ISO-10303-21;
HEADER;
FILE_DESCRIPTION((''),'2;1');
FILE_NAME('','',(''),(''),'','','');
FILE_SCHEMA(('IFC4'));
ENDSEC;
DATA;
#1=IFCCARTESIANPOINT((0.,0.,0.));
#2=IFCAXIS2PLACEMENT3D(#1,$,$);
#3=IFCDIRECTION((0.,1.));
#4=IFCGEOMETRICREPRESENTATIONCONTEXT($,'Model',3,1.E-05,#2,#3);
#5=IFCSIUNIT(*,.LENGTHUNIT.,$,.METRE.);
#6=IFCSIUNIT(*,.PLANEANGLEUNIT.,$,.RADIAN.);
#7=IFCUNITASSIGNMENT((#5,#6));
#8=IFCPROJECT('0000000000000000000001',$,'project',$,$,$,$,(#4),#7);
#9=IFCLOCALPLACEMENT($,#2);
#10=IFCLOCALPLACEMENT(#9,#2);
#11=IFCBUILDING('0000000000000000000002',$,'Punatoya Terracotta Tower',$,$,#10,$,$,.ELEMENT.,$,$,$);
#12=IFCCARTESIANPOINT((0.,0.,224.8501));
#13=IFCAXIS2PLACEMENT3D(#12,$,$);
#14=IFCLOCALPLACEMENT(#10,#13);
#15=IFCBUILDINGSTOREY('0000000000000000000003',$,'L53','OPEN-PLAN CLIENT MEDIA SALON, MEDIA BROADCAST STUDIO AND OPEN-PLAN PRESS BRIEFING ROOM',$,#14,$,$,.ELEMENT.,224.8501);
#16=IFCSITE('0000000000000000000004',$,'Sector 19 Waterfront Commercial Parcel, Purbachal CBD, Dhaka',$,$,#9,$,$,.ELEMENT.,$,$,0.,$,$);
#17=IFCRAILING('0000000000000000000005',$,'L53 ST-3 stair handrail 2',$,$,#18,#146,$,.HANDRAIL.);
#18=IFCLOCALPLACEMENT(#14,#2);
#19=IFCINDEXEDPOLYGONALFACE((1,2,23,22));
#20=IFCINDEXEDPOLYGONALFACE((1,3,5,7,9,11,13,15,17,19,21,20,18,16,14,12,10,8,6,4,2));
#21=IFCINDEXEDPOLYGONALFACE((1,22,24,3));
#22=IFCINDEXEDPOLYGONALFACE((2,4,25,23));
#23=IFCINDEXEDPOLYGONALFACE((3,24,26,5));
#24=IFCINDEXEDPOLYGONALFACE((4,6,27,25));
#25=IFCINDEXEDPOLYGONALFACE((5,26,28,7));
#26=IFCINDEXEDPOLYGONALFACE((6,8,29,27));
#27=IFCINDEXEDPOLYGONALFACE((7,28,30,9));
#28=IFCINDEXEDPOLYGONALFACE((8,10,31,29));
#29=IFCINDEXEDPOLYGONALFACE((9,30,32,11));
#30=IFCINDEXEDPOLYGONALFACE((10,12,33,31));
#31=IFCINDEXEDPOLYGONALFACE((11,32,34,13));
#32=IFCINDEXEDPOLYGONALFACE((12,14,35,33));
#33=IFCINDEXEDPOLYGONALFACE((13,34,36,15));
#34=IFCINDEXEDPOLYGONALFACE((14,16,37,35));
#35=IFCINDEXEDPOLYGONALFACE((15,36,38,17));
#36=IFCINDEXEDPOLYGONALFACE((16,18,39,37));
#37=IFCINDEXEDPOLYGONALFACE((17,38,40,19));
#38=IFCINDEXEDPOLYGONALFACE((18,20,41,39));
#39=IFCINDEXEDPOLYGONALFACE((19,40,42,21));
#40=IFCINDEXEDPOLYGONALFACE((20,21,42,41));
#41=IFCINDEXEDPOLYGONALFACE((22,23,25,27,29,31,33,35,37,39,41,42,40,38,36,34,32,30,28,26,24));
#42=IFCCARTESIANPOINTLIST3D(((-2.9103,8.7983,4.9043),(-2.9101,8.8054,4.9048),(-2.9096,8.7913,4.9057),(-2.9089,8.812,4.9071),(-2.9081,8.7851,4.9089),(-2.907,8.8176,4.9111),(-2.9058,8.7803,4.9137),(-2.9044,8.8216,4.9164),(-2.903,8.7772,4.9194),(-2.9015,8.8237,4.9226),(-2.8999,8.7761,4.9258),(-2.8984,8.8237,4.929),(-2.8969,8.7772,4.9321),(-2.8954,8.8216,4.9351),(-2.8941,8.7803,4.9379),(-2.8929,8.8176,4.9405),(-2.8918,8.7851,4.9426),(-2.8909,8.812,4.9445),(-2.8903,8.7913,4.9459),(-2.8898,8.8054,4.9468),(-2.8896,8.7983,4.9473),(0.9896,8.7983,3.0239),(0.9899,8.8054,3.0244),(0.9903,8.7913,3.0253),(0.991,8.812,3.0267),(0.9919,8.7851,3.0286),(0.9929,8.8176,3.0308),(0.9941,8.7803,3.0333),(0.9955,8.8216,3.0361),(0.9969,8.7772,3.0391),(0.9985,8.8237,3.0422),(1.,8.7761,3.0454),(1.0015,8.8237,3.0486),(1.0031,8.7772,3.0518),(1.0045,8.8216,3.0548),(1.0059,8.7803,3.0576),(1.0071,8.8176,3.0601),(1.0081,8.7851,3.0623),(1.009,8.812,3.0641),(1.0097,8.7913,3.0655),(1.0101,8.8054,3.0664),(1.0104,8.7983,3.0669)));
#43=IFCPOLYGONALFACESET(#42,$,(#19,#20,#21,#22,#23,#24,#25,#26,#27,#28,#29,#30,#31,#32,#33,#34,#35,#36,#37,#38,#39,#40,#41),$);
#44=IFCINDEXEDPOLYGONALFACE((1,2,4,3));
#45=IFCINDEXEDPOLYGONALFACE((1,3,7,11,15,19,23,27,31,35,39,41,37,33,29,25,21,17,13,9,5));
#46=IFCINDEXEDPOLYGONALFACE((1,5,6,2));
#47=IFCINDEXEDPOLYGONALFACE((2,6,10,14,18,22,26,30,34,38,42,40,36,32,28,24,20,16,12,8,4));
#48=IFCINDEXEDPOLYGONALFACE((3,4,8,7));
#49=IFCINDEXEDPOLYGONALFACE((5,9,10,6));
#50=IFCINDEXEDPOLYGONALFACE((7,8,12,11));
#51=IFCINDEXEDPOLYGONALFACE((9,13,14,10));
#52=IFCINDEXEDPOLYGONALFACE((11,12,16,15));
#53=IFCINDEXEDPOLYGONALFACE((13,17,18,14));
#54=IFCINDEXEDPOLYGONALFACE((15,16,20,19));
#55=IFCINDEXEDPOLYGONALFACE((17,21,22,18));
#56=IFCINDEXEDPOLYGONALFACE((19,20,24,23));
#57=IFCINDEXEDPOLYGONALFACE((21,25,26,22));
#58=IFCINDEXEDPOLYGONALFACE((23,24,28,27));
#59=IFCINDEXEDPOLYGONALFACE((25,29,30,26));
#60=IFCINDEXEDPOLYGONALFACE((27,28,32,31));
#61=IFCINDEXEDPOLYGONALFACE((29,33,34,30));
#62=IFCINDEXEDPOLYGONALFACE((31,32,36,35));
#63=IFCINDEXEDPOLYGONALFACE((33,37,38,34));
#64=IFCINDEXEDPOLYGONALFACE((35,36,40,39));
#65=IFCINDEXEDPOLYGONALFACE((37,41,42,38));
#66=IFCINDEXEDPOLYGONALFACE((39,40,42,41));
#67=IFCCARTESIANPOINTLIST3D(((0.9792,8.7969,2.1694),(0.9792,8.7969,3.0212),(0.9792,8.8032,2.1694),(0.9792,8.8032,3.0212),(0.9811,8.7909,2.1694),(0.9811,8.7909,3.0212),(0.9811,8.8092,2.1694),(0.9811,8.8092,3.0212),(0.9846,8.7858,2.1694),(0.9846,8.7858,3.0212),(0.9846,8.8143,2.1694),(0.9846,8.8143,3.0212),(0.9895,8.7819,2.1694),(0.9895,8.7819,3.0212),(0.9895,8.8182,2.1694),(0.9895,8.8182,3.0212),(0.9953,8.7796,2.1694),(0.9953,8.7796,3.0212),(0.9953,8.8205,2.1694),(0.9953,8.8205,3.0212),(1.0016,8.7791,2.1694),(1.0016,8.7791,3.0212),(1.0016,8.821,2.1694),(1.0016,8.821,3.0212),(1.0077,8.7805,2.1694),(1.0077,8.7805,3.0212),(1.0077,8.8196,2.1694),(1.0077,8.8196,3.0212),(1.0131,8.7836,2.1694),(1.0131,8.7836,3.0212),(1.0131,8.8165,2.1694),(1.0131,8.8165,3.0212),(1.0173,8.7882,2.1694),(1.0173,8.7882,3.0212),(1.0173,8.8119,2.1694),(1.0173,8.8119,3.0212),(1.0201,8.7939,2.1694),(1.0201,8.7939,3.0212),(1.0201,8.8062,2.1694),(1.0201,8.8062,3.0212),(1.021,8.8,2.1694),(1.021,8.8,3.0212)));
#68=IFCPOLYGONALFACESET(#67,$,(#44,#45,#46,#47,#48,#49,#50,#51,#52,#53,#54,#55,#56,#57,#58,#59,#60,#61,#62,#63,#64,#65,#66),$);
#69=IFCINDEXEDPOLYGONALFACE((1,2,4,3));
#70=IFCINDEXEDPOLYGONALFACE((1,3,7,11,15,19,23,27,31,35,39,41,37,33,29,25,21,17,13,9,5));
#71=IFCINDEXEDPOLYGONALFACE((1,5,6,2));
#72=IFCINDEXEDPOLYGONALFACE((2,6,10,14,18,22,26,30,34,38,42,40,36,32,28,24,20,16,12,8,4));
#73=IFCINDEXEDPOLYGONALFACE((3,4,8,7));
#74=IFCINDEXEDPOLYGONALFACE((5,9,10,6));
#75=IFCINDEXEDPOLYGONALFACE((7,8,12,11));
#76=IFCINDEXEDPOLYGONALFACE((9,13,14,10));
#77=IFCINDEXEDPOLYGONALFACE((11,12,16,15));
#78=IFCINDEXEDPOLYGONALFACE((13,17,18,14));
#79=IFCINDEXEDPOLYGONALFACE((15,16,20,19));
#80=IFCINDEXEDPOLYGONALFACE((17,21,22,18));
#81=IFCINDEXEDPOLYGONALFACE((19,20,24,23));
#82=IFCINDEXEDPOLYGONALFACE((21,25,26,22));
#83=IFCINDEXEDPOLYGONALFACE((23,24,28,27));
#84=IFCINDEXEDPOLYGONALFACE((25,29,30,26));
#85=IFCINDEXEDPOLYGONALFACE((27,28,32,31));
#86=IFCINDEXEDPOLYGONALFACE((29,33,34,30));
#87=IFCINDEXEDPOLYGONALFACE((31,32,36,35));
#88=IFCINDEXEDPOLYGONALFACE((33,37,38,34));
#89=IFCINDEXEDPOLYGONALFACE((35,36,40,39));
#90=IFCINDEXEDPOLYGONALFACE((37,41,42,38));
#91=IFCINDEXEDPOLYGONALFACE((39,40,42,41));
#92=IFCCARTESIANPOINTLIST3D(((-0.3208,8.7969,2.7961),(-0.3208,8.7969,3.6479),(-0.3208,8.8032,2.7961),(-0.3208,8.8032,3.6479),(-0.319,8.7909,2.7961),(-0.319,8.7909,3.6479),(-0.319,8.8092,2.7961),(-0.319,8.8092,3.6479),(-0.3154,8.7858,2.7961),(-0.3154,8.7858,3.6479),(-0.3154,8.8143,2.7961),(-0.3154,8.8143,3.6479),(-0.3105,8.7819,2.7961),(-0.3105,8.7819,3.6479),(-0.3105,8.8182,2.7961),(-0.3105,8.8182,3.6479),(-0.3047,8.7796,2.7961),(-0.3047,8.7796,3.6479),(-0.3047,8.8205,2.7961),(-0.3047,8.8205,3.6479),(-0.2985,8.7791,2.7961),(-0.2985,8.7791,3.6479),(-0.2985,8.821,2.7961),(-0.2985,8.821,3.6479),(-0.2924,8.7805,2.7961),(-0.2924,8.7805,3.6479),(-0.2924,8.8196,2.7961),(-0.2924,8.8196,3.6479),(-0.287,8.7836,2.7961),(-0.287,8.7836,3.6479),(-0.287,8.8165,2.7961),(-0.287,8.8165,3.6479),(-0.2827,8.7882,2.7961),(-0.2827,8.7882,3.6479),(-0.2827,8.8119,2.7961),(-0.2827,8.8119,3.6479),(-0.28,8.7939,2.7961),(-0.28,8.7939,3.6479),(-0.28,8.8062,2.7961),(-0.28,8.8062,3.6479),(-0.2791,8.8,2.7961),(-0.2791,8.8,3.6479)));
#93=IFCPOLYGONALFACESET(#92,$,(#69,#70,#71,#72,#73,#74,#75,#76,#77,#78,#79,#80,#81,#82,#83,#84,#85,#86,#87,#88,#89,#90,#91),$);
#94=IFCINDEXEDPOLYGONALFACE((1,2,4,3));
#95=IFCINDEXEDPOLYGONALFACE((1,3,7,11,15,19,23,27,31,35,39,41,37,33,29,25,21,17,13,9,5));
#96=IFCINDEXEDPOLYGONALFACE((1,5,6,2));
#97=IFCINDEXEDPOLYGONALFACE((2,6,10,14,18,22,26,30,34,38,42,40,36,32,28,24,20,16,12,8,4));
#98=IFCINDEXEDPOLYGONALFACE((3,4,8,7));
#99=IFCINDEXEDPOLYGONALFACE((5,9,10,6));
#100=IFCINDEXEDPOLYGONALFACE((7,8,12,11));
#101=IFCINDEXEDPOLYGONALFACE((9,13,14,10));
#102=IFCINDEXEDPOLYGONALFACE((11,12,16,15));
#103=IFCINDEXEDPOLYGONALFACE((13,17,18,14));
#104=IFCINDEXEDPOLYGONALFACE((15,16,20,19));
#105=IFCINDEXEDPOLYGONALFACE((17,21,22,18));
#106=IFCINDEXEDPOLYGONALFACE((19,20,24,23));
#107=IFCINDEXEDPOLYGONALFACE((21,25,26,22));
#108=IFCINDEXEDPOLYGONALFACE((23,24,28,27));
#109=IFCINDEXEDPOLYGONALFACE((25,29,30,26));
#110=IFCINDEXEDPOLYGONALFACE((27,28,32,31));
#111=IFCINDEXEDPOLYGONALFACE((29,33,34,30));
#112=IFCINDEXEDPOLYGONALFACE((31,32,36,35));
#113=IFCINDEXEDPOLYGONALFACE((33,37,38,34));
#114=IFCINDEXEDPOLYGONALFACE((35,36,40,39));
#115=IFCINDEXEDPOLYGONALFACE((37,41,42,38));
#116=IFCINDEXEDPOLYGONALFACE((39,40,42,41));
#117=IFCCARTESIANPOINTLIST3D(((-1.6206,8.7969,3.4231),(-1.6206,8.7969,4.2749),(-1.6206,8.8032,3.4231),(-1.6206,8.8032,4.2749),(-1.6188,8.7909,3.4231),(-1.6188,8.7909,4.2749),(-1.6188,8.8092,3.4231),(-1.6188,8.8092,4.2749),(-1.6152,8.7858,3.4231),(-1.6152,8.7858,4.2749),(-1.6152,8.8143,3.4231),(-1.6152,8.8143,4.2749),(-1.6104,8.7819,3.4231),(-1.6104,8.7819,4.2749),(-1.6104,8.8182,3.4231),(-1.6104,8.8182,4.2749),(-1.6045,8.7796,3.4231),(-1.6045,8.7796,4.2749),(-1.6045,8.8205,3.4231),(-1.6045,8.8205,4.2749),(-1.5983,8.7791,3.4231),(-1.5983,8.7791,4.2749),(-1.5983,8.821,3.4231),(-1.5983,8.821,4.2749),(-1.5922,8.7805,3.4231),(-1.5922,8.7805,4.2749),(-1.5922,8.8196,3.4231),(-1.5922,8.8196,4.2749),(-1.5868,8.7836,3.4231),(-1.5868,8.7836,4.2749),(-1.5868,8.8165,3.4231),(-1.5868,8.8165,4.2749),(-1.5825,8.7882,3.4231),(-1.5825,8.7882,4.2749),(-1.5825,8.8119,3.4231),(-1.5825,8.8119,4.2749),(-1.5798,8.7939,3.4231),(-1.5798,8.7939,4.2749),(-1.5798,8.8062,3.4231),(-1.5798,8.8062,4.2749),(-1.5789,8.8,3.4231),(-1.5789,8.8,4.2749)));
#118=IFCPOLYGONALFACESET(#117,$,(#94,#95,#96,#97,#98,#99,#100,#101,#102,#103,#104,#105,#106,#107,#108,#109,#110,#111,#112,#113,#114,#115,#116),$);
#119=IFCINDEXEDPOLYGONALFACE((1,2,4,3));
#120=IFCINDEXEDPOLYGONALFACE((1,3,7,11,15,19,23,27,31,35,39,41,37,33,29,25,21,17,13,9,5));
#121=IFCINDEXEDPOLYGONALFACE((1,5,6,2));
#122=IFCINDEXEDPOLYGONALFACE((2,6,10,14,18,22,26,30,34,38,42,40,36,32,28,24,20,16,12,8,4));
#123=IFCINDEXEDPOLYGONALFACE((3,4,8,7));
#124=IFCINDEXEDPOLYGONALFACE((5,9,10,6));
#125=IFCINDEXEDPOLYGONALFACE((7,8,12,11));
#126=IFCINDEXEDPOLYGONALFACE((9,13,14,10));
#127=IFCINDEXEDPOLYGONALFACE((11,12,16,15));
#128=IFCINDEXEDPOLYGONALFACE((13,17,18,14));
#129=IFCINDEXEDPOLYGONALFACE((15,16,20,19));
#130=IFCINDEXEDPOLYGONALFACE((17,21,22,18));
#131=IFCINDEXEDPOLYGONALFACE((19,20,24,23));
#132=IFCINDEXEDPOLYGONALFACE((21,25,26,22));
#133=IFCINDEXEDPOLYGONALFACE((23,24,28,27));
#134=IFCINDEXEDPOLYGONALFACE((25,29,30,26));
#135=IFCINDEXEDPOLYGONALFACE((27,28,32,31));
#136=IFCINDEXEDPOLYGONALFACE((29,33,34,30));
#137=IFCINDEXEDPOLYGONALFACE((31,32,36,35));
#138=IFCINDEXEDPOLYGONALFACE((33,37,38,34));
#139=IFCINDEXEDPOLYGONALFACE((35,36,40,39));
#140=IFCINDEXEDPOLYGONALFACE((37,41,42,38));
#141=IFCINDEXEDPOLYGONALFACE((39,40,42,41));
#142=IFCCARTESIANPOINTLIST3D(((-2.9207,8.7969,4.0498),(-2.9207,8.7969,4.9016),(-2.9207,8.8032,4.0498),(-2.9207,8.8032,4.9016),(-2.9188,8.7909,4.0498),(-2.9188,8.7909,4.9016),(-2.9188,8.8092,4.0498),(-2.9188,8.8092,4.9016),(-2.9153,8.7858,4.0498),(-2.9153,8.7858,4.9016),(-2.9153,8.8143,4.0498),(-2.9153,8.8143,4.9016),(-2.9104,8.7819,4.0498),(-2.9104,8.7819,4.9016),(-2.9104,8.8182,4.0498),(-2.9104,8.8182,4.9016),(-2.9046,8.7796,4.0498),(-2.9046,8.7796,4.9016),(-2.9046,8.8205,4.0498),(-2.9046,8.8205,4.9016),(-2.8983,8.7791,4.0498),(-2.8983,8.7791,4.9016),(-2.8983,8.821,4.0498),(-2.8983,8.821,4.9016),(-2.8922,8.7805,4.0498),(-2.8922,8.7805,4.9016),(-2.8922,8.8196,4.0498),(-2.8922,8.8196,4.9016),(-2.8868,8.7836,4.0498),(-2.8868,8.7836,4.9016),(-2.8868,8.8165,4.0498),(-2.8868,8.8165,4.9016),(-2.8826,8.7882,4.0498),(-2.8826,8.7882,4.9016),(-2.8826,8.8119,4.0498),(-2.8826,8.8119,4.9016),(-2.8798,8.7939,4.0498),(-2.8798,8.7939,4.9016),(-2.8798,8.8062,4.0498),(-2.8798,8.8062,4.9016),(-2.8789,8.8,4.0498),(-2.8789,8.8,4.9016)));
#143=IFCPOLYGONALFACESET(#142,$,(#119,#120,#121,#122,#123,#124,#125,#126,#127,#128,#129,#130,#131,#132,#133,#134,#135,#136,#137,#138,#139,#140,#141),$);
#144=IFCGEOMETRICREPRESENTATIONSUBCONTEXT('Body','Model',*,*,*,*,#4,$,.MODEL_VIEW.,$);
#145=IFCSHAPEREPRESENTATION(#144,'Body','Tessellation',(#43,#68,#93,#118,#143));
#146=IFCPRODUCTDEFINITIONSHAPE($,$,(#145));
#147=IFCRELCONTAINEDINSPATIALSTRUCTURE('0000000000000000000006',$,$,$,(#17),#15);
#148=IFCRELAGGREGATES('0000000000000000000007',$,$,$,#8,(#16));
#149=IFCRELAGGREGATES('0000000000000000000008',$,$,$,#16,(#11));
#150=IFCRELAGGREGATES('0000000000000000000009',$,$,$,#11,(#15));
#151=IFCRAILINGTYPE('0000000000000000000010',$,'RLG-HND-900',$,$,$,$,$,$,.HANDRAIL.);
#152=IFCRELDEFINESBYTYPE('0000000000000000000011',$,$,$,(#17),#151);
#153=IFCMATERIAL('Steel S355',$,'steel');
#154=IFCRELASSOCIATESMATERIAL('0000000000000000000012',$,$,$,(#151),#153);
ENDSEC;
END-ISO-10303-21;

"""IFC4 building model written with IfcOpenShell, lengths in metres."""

from ifc_helpers import new_model, si_unit, direction, frame, origin, origin_2d, place, context, subcontext, project, spatial, circle, extrude, material, type_object, element, save


model = new_model("IFC4")

# Units and contexts
model_context = context("Model", 3, precision=1e-05, world=origin(), true_north=direction((0.0, 1.0)))
body_context = subcontext(model_context, "Body", "Model", "MODEL_VIEW")
ifc_project = project(units=[si_unit("LENGTHUNIT", "METRE"), si_unit("PLANEANGLEUNIT", "RADIAN")], contexts=[model_context])

# Site, building, storey
site_placement = place(None, origin())
site = spatial("IfcSite", under=ifc_project, at=site_placement, Name="Sector 19 Waterfront Commercial Parcel, Purbachal CBD, Dhaka", CompositionType="ELEMENT", RefElevation=0.0)
building_placement = place(site_placement, origin())
building = spatial("IfcBuilding", under=site, at=building_placement, Name="Punatoya Terracotta Tower", CompositionType="ELEMENT")
storey_placement = place(building_placement, frame((0.0, 0.0, 224.8501)))
storey = spatial("IfcBuildingStorey", under=building, at=storey_placement, Name="L53", Description="OPEN-PLAN CLIENT MEDIA SALON, MEDIA BROADCAST STUDIO AND OPEN-PLAN PRESS BRIEFING ROOM", CompositionType="ELEMENT", Elevation=224.8501)

# Shared definitions
ifc_material_1 = material(Name="Steel S355", Category="steel")

# Railing
railing_type_1 = type_object("IfcRailingType", Name="RLG-HND-900", PredefinedType="HANDRAIL", material=ifc_material_1)
railing_1_placement = place(storey_placement, frame((1.0, 8.8, 2.1694)))
element("IfcRailing", 1, at=railing_1_placement, inside=storey, type_object=railing_type_1, Name="L53 ST-3 stair handrail 2", PredefinedType="HANDRAIL", context=body_context, shape_type="SweptSolid", body=[
    extrude(circle(Radius=0.0239, at=origin_2d()), frame((0.0, 0.0, 0.876), z_axis=(-0.900763, 0.0, 0.434311), x_axis=(0.0, -1.0, 0.0)), (0.0, 0.0, 1.0), 4.3296),
    extrude(circle(Radius=0.021, at=origin_2d()), origin(), (0.0, 0.0, 1.0), 0.8518),
    extrude(circle(Radius=0.021, at=origin_2d()), frame((-1.3, 0.0, 0.6267)), (0.0, 0.0, 1.0), 0.8518),
    extrude(circle(Radius=0.021, at=origin_2d()), frame((-2.5999, 0.0, 1.2537)), (0.0, 0.0, 1.0), 0.8518),
    extrude(circle(Radius=0.021, at=origin_2d()), frame((-3.8999, 0.0, 1.8804)), (0.0, 0.0, 1.0), 0.8518),
])

save(model, "model.ifc")
